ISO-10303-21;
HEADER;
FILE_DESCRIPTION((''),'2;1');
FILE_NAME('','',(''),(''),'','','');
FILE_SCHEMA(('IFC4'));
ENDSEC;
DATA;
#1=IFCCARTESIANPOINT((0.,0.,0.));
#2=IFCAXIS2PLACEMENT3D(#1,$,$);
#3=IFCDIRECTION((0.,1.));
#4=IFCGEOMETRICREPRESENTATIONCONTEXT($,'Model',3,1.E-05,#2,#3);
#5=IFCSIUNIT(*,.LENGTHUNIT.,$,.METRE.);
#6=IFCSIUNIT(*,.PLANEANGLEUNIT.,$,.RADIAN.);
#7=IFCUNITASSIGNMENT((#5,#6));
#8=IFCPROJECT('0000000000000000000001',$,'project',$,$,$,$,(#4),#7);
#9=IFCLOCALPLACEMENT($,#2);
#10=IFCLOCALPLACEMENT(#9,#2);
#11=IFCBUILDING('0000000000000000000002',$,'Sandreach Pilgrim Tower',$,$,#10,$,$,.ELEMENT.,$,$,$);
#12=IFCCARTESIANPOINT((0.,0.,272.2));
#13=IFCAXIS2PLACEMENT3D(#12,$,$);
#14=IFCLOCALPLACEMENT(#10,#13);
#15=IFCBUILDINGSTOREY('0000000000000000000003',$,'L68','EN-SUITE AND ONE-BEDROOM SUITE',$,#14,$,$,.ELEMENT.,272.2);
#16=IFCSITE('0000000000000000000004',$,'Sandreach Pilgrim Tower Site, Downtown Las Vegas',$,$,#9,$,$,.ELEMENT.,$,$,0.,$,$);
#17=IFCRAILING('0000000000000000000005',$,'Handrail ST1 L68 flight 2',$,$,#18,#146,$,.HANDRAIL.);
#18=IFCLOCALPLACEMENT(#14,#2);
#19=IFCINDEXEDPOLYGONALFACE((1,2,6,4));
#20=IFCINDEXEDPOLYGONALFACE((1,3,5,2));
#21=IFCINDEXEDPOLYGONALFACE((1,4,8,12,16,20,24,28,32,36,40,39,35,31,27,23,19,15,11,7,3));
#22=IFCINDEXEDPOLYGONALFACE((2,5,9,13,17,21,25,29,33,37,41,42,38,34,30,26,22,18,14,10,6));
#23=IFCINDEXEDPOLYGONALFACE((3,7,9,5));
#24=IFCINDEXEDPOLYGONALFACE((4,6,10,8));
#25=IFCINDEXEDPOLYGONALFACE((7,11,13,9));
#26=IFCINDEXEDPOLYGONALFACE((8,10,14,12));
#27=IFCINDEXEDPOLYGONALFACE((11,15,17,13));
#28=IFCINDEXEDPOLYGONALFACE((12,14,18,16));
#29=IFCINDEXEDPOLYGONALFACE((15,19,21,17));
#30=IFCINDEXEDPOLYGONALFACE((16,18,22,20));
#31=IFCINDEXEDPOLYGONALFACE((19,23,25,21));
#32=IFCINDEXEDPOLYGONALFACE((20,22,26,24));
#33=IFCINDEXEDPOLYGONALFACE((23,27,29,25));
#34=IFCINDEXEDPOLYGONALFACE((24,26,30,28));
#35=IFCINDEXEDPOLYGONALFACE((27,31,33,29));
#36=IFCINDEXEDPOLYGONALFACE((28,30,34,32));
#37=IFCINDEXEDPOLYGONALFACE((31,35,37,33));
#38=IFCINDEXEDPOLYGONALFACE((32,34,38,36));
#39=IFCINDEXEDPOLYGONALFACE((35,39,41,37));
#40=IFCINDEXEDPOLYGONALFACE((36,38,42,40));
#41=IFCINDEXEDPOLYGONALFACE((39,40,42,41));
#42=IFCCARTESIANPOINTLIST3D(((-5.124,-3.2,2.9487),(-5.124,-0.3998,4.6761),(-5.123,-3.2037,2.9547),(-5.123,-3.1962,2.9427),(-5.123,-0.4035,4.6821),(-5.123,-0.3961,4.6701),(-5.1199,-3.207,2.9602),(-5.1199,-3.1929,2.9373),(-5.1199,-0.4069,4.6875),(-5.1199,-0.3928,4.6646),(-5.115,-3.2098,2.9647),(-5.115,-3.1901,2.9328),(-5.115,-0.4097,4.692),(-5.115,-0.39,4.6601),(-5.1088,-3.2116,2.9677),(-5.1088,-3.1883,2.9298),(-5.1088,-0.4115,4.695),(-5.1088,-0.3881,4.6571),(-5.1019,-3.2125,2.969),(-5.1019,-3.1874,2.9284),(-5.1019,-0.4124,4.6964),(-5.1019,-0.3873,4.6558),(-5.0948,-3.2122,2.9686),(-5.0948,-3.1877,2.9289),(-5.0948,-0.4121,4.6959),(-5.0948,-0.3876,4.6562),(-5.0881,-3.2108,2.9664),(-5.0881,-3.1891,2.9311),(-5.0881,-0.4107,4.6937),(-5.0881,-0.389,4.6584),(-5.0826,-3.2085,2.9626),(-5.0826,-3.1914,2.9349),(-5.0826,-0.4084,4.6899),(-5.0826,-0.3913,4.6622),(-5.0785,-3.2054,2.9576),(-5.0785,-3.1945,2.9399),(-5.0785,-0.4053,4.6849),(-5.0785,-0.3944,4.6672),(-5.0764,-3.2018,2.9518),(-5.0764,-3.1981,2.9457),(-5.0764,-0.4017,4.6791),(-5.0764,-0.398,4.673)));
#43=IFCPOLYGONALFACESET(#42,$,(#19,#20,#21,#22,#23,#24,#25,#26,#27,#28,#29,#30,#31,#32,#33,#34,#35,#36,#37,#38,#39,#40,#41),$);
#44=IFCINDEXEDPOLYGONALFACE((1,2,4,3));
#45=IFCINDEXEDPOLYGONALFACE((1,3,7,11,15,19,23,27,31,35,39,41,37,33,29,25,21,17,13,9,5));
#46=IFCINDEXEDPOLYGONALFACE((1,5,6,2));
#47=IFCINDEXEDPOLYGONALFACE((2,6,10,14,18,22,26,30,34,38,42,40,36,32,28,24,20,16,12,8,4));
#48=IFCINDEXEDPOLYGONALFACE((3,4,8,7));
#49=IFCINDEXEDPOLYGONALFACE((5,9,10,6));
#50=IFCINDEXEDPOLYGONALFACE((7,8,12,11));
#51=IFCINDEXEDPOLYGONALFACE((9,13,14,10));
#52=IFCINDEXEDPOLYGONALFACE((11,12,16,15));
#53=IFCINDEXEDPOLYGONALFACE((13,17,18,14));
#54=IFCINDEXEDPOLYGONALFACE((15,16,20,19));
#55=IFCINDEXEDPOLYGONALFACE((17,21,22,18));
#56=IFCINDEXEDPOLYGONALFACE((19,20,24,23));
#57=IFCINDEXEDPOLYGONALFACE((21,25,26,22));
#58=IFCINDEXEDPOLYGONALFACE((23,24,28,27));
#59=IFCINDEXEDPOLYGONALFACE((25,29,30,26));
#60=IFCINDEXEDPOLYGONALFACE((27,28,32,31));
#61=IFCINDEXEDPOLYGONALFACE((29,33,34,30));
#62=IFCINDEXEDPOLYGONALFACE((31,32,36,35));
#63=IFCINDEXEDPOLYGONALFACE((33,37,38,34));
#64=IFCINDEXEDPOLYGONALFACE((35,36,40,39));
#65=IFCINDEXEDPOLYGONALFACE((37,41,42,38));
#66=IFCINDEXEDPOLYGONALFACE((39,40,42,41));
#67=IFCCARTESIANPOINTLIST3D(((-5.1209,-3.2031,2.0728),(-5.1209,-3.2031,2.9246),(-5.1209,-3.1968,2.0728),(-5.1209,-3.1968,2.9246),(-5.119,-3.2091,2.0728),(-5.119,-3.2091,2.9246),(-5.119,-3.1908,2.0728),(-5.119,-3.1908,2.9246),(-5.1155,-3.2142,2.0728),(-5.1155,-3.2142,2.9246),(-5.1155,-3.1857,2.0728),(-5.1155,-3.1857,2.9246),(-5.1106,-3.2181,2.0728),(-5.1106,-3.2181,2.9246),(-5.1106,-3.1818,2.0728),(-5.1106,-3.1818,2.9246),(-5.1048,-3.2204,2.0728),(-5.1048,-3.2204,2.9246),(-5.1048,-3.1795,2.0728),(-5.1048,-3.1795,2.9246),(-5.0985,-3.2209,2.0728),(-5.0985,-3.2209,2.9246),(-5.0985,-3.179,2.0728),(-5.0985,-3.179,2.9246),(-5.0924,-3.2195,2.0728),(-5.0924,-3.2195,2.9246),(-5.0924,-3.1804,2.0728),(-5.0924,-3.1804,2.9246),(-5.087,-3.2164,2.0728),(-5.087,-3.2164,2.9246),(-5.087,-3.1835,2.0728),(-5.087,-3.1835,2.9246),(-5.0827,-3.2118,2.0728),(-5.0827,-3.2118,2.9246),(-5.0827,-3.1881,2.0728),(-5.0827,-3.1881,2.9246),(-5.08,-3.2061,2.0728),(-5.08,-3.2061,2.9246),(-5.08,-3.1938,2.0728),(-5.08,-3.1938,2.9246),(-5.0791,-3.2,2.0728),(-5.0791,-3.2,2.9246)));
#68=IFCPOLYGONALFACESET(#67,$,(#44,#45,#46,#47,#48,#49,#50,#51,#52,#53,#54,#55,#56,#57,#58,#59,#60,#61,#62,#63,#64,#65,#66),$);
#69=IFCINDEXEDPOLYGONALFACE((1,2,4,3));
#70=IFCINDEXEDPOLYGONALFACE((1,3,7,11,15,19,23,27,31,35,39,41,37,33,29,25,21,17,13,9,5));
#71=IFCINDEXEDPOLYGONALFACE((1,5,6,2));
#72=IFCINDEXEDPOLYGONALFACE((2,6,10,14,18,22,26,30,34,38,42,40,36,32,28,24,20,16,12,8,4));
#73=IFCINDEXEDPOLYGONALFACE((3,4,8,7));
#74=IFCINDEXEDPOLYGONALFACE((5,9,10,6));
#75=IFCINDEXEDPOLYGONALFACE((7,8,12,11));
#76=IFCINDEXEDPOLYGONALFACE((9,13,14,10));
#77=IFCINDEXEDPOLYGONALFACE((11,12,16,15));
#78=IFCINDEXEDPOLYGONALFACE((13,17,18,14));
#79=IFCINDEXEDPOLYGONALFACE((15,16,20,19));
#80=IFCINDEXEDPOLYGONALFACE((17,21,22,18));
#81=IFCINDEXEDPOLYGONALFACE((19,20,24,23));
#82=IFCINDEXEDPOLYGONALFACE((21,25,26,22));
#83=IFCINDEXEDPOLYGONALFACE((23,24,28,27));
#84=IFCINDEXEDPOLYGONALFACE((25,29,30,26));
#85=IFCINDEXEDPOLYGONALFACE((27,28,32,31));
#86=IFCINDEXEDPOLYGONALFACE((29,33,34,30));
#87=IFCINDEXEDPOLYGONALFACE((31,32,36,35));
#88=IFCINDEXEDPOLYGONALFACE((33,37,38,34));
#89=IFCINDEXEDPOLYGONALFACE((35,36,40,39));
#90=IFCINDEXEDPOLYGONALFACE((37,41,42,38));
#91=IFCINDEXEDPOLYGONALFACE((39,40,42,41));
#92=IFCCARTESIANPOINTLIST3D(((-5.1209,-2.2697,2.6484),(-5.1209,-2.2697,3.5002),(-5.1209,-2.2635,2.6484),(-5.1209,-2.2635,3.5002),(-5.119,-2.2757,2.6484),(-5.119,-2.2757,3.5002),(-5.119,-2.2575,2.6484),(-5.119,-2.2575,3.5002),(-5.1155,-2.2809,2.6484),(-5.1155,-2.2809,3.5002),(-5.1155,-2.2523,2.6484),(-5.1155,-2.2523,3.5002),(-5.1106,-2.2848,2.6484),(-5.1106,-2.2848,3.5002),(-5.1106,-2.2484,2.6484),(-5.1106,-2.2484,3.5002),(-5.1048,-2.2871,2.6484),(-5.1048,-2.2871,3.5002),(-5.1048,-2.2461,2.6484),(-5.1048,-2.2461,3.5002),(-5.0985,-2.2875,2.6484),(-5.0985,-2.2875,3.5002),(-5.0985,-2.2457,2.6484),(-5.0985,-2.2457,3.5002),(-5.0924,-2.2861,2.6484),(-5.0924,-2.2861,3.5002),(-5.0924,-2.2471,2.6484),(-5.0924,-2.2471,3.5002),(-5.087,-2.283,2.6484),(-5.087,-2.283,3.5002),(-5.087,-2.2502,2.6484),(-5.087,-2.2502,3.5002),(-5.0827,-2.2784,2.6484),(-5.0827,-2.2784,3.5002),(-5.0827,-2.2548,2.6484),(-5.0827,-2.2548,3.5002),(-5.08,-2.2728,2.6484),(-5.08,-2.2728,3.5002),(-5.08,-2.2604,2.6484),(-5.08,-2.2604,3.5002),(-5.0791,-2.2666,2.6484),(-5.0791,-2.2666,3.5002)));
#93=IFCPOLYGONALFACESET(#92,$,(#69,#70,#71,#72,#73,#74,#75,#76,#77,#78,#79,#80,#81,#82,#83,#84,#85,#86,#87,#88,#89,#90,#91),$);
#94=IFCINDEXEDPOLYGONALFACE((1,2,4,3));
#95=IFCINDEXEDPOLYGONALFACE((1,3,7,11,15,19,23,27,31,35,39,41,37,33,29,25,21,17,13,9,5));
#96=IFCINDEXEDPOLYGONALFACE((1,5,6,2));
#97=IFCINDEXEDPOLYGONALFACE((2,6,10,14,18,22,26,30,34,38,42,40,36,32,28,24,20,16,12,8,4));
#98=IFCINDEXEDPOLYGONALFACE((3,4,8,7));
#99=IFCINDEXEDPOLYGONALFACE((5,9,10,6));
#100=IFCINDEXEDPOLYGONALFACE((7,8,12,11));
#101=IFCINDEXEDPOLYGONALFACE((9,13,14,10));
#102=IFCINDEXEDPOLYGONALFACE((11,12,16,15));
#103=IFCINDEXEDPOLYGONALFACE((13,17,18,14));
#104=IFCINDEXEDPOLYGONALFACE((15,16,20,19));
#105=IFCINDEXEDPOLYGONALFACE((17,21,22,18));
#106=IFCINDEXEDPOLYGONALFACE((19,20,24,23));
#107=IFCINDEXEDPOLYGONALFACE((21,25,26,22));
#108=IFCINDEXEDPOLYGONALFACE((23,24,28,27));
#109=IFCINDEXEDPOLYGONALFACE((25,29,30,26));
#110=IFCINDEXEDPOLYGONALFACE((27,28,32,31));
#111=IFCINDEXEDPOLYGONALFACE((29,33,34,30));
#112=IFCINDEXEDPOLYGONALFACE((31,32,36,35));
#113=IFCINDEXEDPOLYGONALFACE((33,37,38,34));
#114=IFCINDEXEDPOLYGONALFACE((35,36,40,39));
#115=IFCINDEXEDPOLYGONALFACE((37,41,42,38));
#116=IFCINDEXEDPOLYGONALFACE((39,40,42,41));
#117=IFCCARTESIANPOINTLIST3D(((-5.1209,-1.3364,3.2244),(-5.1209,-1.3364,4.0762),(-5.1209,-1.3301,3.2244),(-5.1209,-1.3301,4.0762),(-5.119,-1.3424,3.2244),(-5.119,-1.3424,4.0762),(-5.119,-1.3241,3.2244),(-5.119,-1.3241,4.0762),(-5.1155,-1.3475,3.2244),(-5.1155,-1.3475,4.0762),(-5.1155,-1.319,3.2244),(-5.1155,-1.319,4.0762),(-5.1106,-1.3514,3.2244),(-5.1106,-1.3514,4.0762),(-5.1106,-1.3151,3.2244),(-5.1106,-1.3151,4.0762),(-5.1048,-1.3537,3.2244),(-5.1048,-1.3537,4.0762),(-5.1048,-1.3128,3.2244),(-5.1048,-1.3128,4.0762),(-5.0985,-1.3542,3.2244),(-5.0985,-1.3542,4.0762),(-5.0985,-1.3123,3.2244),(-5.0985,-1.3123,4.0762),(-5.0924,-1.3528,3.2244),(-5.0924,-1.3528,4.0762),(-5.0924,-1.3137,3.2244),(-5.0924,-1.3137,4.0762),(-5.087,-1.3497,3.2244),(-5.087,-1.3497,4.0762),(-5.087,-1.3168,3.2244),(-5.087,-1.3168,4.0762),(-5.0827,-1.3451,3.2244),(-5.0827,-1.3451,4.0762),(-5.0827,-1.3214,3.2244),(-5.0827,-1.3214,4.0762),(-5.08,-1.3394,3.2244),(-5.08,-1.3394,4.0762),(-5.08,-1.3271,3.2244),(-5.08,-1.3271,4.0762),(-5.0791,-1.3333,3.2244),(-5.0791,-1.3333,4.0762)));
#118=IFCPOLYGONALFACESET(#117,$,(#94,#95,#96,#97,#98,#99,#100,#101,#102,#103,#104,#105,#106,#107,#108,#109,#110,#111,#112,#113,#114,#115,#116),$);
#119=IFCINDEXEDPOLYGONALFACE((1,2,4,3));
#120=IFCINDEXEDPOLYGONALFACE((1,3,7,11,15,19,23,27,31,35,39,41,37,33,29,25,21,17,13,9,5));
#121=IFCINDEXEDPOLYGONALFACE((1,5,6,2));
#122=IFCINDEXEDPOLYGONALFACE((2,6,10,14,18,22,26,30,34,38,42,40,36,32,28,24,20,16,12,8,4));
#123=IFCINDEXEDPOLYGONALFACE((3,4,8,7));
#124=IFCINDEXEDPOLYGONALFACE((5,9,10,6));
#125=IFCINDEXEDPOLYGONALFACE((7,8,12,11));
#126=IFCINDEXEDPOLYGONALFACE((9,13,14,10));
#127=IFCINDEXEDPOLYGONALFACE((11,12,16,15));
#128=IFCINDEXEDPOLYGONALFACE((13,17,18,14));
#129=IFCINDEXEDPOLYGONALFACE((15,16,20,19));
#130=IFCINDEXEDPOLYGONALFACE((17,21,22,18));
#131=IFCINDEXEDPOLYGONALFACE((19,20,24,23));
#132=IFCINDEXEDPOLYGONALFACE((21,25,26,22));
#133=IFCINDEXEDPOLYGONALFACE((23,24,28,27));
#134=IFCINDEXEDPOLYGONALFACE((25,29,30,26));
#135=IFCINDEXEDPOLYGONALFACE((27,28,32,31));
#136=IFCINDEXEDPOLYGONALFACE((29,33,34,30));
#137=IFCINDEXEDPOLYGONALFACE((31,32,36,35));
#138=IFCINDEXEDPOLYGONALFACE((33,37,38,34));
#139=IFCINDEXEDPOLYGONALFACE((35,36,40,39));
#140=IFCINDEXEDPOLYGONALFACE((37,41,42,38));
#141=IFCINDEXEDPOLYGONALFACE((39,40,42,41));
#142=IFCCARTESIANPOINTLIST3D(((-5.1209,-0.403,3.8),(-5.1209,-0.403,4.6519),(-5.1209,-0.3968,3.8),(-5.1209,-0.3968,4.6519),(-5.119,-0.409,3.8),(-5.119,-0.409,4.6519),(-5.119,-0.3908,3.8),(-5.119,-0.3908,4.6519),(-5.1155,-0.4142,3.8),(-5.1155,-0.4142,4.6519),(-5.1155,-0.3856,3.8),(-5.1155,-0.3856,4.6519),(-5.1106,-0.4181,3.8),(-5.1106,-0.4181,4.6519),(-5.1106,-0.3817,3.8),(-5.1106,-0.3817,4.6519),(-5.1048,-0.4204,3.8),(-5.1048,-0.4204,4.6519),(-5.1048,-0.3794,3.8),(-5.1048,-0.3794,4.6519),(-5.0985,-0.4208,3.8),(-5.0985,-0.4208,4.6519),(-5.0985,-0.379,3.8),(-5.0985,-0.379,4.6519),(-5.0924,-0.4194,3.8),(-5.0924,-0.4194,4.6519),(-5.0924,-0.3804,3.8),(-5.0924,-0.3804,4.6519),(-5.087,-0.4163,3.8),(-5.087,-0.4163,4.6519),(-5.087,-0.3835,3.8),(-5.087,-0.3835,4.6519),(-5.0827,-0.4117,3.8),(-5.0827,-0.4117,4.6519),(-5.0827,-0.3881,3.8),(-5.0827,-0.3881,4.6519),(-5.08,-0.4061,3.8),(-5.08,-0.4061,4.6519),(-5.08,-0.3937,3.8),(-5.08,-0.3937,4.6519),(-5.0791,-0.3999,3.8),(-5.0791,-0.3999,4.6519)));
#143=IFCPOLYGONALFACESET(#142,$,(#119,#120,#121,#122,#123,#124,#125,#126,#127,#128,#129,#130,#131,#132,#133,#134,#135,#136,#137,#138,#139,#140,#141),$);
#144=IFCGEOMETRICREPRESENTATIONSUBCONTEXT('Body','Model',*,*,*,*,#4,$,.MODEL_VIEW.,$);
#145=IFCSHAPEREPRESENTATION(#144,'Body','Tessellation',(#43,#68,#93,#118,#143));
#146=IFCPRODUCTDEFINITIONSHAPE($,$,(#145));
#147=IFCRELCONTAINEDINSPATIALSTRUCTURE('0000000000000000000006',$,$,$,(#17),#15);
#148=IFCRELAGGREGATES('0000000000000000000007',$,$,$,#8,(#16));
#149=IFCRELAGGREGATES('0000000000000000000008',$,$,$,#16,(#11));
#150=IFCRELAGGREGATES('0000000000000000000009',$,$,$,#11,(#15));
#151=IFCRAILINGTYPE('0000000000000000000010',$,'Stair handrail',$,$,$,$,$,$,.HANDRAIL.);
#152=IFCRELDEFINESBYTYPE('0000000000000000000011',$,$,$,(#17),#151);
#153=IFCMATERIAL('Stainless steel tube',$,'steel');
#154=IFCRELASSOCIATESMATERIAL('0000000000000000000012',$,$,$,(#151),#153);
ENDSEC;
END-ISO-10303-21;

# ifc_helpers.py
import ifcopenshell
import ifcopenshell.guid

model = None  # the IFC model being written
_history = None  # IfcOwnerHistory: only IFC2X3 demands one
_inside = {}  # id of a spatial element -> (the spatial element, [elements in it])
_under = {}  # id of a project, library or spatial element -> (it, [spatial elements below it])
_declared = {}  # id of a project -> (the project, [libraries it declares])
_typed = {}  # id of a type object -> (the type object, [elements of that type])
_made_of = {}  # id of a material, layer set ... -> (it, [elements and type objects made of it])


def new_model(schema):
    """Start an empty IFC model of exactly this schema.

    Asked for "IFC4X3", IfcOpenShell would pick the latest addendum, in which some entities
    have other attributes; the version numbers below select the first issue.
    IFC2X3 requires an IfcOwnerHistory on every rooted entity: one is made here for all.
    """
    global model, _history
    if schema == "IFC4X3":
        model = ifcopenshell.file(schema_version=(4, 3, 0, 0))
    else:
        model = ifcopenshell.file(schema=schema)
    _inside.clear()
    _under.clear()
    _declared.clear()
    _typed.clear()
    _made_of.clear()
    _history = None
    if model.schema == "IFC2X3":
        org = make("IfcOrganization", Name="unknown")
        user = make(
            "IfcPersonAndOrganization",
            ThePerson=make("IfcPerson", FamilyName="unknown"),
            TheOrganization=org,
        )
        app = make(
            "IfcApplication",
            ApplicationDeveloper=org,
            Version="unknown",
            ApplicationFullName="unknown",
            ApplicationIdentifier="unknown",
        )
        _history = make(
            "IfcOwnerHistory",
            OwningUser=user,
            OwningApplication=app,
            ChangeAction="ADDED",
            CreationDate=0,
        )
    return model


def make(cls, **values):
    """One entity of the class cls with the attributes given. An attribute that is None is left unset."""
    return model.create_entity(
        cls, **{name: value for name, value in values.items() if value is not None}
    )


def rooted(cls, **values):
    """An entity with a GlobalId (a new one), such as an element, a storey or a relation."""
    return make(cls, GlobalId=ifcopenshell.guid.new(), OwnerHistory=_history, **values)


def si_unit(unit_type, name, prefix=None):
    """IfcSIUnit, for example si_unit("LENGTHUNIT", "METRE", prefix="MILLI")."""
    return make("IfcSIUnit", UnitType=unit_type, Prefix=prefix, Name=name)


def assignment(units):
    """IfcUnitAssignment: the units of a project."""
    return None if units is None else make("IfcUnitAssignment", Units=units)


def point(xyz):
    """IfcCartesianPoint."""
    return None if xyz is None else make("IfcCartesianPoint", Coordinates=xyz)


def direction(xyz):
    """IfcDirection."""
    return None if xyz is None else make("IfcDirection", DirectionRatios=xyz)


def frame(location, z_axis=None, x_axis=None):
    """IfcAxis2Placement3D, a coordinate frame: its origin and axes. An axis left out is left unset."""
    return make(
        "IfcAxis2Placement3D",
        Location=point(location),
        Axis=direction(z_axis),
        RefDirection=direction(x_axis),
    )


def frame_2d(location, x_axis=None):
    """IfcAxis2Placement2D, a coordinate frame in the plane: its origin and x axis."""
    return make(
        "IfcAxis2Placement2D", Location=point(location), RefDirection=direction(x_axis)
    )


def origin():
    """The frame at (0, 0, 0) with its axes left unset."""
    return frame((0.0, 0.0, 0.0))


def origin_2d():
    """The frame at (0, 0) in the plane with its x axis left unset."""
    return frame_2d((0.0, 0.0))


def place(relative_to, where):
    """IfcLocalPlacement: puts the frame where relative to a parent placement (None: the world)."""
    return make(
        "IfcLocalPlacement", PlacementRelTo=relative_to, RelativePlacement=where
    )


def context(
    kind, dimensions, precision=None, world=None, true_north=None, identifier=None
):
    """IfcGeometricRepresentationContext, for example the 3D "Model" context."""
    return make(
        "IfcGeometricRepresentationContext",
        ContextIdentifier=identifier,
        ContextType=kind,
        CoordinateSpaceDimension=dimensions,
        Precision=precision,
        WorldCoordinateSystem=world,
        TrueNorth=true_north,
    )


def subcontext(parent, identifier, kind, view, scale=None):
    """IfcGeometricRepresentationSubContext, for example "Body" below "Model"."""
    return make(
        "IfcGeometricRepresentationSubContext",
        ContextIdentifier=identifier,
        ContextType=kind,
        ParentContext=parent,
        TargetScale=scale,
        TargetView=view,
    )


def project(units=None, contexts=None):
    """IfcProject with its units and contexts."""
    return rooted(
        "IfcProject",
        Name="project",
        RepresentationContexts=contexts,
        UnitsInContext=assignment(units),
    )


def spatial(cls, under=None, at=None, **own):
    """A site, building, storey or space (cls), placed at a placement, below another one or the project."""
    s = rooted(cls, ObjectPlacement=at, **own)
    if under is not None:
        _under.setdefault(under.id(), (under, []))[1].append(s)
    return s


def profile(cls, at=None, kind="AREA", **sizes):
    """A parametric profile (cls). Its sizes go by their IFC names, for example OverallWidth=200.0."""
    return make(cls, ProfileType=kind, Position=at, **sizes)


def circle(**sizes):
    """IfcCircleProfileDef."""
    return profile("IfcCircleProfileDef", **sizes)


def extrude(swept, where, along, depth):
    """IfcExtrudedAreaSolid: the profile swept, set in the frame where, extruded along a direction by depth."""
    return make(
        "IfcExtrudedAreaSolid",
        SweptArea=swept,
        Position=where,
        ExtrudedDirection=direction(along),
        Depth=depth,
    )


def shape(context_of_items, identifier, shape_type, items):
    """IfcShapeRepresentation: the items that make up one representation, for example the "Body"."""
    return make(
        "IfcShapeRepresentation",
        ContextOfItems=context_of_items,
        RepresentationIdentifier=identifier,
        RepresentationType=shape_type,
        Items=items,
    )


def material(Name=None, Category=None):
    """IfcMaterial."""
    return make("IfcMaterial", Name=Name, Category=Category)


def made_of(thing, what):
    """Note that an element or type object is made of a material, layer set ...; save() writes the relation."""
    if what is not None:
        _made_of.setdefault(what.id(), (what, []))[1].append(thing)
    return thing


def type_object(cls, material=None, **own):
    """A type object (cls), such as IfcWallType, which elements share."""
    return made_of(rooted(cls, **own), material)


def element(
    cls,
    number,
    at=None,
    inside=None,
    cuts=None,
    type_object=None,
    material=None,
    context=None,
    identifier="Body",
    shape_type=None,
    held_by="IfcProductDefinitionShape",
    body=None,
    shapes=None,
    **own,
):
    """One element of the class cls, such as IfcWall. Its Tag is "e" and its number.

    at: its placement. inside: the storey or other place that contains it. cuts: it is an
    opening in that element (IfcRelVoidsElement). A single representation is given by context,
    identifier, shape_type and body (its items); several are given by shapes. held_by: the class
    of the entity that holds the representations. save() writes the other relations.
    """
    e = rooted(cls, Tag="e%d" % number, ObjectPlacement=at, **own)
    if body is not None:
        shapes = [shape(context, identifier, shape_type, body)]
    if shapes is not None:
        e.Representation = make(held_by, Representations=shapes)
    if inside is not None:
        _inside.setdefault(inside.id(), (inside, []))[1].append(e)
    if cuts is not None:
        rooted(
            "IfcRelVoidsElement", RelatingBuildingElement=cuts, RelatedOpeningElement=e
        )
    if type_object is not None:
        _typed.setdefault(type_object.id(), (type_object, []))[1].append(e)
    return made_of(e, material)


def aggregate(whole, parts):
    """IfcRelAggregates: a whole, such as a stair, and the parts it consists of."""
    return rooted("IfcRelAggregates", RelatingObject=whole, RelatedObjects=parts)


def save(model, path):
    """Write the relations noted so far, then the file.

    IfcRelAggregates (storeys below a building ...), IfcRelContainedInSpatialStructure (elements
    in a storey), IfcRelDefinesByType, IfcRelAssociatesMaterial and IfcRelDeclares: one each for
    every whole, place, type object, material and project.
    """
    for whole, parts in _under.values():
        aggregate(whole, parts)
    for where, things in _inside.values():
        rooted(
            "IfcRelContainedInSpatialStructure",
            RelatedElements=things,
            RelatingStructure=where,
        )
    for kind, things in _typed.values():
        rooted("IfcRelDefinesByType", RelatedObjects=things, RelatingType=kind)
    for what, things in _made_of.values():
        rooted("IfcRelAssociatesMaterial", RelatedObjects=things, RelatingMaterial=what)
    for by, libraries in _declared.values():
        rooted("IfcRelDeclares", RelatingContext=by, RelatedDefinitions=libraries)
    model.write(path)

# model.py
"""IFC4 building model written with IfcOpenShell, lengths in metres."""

from ifc_helpers import new_model, si_unit, direction, frame, origin, origin_2d, place, context, subcontext, project, spatial, circle, extrude, material, type_object, element, save


model = new_model("IFC4")

# Units and contexts
model_context = context("Model", 3, precision=1e-05, world=origin(), true_north=direction((0.0, 1.0)))
body_context = subcontext(model_context, "Body", "Model", "MODEL_VIEW")
ifc_project = project(units=[si_unit("LENGTHUNIT", "METRE"), si_unit("PLANEANGLEUNIT", "RADIAN")], contexts=[model_context])

# Site, building, storey
site_placement = place(None, origin())
site = spatial("IfcSite", under=ifc_project, at=site_placement, Name="Sandreach Pilgrim Tower Site, Downtown Las Vegas", CompositionType="ELEMENT", RefElevation=0.0)
building_placement = place(site_placement, origin())
building = spatial("IfcBuilding", under=site, at=building_placement, Name="Sandreach Pilgrim Tower", CompositionType="ELEMENT")
storey_placement = place(building_placement, frame((0.0, 0.0, 272.2)))
storey = spatial("IfcBuildingStorey", under=building, at=storey_placement, Name="L68", Description="EN-SUITE AND ONE-BEDROOM SUITE", CompositionType="ELEMENT", Elevation=272.2)

# Railing
ifc_material_1 = material(Name="Stainless steel tube", Category="steel")
railing_type = type_object("IfcRailingType", Name="Stair handrail", PredefinedType="HANDRAIL", material=ifc_material_1)
for number, where, name in (
    (1, (-5.1001, -3.2, 2.0728), "Handrail ST1 L68 flight 2"),
):
    element("IfcRailing", number, at=place(storey_placement, frame(where)), inside=storey, type_object=railing_type, Name=name, PredefinedType="HANDRAIL", context=body_context, shape_type="SweptSolid", body=[
        extrude(circle(Radius=0.0239, at=origin_2d()), frame((0.0, 0.0, 0.876), z_axis=(0.0, 0.85109, 0.52502), x_axis=(-1.0, 0.0, 0.0)), (0.0, 0.0, 1.0), 3.29),
        extrude(circle(Radius=0.021, at=origin_2d()), origin(), (0.0, 0.0, 1.0), 0.8518),
        extrude(circle(Radius=0.021, at=origin_2d()), frame((0.0, 0.9333, 0.5757)), (0.0, 0.0, 1.0), 0.8518),
        extrude(circle(Radius=0.021, at=origin_2d()), frame((0.0, 1.8667, 1.1516)), (0.0, 0.0, 1.0), 0.8518),
        extrude(circle(Radius=0.021, at=origin_2d()), frame((0.0, 2.8, 1.7273)), (0.0, 0.0, 1.0), 0.8518),
    ])

save(model, "model.ifc")
